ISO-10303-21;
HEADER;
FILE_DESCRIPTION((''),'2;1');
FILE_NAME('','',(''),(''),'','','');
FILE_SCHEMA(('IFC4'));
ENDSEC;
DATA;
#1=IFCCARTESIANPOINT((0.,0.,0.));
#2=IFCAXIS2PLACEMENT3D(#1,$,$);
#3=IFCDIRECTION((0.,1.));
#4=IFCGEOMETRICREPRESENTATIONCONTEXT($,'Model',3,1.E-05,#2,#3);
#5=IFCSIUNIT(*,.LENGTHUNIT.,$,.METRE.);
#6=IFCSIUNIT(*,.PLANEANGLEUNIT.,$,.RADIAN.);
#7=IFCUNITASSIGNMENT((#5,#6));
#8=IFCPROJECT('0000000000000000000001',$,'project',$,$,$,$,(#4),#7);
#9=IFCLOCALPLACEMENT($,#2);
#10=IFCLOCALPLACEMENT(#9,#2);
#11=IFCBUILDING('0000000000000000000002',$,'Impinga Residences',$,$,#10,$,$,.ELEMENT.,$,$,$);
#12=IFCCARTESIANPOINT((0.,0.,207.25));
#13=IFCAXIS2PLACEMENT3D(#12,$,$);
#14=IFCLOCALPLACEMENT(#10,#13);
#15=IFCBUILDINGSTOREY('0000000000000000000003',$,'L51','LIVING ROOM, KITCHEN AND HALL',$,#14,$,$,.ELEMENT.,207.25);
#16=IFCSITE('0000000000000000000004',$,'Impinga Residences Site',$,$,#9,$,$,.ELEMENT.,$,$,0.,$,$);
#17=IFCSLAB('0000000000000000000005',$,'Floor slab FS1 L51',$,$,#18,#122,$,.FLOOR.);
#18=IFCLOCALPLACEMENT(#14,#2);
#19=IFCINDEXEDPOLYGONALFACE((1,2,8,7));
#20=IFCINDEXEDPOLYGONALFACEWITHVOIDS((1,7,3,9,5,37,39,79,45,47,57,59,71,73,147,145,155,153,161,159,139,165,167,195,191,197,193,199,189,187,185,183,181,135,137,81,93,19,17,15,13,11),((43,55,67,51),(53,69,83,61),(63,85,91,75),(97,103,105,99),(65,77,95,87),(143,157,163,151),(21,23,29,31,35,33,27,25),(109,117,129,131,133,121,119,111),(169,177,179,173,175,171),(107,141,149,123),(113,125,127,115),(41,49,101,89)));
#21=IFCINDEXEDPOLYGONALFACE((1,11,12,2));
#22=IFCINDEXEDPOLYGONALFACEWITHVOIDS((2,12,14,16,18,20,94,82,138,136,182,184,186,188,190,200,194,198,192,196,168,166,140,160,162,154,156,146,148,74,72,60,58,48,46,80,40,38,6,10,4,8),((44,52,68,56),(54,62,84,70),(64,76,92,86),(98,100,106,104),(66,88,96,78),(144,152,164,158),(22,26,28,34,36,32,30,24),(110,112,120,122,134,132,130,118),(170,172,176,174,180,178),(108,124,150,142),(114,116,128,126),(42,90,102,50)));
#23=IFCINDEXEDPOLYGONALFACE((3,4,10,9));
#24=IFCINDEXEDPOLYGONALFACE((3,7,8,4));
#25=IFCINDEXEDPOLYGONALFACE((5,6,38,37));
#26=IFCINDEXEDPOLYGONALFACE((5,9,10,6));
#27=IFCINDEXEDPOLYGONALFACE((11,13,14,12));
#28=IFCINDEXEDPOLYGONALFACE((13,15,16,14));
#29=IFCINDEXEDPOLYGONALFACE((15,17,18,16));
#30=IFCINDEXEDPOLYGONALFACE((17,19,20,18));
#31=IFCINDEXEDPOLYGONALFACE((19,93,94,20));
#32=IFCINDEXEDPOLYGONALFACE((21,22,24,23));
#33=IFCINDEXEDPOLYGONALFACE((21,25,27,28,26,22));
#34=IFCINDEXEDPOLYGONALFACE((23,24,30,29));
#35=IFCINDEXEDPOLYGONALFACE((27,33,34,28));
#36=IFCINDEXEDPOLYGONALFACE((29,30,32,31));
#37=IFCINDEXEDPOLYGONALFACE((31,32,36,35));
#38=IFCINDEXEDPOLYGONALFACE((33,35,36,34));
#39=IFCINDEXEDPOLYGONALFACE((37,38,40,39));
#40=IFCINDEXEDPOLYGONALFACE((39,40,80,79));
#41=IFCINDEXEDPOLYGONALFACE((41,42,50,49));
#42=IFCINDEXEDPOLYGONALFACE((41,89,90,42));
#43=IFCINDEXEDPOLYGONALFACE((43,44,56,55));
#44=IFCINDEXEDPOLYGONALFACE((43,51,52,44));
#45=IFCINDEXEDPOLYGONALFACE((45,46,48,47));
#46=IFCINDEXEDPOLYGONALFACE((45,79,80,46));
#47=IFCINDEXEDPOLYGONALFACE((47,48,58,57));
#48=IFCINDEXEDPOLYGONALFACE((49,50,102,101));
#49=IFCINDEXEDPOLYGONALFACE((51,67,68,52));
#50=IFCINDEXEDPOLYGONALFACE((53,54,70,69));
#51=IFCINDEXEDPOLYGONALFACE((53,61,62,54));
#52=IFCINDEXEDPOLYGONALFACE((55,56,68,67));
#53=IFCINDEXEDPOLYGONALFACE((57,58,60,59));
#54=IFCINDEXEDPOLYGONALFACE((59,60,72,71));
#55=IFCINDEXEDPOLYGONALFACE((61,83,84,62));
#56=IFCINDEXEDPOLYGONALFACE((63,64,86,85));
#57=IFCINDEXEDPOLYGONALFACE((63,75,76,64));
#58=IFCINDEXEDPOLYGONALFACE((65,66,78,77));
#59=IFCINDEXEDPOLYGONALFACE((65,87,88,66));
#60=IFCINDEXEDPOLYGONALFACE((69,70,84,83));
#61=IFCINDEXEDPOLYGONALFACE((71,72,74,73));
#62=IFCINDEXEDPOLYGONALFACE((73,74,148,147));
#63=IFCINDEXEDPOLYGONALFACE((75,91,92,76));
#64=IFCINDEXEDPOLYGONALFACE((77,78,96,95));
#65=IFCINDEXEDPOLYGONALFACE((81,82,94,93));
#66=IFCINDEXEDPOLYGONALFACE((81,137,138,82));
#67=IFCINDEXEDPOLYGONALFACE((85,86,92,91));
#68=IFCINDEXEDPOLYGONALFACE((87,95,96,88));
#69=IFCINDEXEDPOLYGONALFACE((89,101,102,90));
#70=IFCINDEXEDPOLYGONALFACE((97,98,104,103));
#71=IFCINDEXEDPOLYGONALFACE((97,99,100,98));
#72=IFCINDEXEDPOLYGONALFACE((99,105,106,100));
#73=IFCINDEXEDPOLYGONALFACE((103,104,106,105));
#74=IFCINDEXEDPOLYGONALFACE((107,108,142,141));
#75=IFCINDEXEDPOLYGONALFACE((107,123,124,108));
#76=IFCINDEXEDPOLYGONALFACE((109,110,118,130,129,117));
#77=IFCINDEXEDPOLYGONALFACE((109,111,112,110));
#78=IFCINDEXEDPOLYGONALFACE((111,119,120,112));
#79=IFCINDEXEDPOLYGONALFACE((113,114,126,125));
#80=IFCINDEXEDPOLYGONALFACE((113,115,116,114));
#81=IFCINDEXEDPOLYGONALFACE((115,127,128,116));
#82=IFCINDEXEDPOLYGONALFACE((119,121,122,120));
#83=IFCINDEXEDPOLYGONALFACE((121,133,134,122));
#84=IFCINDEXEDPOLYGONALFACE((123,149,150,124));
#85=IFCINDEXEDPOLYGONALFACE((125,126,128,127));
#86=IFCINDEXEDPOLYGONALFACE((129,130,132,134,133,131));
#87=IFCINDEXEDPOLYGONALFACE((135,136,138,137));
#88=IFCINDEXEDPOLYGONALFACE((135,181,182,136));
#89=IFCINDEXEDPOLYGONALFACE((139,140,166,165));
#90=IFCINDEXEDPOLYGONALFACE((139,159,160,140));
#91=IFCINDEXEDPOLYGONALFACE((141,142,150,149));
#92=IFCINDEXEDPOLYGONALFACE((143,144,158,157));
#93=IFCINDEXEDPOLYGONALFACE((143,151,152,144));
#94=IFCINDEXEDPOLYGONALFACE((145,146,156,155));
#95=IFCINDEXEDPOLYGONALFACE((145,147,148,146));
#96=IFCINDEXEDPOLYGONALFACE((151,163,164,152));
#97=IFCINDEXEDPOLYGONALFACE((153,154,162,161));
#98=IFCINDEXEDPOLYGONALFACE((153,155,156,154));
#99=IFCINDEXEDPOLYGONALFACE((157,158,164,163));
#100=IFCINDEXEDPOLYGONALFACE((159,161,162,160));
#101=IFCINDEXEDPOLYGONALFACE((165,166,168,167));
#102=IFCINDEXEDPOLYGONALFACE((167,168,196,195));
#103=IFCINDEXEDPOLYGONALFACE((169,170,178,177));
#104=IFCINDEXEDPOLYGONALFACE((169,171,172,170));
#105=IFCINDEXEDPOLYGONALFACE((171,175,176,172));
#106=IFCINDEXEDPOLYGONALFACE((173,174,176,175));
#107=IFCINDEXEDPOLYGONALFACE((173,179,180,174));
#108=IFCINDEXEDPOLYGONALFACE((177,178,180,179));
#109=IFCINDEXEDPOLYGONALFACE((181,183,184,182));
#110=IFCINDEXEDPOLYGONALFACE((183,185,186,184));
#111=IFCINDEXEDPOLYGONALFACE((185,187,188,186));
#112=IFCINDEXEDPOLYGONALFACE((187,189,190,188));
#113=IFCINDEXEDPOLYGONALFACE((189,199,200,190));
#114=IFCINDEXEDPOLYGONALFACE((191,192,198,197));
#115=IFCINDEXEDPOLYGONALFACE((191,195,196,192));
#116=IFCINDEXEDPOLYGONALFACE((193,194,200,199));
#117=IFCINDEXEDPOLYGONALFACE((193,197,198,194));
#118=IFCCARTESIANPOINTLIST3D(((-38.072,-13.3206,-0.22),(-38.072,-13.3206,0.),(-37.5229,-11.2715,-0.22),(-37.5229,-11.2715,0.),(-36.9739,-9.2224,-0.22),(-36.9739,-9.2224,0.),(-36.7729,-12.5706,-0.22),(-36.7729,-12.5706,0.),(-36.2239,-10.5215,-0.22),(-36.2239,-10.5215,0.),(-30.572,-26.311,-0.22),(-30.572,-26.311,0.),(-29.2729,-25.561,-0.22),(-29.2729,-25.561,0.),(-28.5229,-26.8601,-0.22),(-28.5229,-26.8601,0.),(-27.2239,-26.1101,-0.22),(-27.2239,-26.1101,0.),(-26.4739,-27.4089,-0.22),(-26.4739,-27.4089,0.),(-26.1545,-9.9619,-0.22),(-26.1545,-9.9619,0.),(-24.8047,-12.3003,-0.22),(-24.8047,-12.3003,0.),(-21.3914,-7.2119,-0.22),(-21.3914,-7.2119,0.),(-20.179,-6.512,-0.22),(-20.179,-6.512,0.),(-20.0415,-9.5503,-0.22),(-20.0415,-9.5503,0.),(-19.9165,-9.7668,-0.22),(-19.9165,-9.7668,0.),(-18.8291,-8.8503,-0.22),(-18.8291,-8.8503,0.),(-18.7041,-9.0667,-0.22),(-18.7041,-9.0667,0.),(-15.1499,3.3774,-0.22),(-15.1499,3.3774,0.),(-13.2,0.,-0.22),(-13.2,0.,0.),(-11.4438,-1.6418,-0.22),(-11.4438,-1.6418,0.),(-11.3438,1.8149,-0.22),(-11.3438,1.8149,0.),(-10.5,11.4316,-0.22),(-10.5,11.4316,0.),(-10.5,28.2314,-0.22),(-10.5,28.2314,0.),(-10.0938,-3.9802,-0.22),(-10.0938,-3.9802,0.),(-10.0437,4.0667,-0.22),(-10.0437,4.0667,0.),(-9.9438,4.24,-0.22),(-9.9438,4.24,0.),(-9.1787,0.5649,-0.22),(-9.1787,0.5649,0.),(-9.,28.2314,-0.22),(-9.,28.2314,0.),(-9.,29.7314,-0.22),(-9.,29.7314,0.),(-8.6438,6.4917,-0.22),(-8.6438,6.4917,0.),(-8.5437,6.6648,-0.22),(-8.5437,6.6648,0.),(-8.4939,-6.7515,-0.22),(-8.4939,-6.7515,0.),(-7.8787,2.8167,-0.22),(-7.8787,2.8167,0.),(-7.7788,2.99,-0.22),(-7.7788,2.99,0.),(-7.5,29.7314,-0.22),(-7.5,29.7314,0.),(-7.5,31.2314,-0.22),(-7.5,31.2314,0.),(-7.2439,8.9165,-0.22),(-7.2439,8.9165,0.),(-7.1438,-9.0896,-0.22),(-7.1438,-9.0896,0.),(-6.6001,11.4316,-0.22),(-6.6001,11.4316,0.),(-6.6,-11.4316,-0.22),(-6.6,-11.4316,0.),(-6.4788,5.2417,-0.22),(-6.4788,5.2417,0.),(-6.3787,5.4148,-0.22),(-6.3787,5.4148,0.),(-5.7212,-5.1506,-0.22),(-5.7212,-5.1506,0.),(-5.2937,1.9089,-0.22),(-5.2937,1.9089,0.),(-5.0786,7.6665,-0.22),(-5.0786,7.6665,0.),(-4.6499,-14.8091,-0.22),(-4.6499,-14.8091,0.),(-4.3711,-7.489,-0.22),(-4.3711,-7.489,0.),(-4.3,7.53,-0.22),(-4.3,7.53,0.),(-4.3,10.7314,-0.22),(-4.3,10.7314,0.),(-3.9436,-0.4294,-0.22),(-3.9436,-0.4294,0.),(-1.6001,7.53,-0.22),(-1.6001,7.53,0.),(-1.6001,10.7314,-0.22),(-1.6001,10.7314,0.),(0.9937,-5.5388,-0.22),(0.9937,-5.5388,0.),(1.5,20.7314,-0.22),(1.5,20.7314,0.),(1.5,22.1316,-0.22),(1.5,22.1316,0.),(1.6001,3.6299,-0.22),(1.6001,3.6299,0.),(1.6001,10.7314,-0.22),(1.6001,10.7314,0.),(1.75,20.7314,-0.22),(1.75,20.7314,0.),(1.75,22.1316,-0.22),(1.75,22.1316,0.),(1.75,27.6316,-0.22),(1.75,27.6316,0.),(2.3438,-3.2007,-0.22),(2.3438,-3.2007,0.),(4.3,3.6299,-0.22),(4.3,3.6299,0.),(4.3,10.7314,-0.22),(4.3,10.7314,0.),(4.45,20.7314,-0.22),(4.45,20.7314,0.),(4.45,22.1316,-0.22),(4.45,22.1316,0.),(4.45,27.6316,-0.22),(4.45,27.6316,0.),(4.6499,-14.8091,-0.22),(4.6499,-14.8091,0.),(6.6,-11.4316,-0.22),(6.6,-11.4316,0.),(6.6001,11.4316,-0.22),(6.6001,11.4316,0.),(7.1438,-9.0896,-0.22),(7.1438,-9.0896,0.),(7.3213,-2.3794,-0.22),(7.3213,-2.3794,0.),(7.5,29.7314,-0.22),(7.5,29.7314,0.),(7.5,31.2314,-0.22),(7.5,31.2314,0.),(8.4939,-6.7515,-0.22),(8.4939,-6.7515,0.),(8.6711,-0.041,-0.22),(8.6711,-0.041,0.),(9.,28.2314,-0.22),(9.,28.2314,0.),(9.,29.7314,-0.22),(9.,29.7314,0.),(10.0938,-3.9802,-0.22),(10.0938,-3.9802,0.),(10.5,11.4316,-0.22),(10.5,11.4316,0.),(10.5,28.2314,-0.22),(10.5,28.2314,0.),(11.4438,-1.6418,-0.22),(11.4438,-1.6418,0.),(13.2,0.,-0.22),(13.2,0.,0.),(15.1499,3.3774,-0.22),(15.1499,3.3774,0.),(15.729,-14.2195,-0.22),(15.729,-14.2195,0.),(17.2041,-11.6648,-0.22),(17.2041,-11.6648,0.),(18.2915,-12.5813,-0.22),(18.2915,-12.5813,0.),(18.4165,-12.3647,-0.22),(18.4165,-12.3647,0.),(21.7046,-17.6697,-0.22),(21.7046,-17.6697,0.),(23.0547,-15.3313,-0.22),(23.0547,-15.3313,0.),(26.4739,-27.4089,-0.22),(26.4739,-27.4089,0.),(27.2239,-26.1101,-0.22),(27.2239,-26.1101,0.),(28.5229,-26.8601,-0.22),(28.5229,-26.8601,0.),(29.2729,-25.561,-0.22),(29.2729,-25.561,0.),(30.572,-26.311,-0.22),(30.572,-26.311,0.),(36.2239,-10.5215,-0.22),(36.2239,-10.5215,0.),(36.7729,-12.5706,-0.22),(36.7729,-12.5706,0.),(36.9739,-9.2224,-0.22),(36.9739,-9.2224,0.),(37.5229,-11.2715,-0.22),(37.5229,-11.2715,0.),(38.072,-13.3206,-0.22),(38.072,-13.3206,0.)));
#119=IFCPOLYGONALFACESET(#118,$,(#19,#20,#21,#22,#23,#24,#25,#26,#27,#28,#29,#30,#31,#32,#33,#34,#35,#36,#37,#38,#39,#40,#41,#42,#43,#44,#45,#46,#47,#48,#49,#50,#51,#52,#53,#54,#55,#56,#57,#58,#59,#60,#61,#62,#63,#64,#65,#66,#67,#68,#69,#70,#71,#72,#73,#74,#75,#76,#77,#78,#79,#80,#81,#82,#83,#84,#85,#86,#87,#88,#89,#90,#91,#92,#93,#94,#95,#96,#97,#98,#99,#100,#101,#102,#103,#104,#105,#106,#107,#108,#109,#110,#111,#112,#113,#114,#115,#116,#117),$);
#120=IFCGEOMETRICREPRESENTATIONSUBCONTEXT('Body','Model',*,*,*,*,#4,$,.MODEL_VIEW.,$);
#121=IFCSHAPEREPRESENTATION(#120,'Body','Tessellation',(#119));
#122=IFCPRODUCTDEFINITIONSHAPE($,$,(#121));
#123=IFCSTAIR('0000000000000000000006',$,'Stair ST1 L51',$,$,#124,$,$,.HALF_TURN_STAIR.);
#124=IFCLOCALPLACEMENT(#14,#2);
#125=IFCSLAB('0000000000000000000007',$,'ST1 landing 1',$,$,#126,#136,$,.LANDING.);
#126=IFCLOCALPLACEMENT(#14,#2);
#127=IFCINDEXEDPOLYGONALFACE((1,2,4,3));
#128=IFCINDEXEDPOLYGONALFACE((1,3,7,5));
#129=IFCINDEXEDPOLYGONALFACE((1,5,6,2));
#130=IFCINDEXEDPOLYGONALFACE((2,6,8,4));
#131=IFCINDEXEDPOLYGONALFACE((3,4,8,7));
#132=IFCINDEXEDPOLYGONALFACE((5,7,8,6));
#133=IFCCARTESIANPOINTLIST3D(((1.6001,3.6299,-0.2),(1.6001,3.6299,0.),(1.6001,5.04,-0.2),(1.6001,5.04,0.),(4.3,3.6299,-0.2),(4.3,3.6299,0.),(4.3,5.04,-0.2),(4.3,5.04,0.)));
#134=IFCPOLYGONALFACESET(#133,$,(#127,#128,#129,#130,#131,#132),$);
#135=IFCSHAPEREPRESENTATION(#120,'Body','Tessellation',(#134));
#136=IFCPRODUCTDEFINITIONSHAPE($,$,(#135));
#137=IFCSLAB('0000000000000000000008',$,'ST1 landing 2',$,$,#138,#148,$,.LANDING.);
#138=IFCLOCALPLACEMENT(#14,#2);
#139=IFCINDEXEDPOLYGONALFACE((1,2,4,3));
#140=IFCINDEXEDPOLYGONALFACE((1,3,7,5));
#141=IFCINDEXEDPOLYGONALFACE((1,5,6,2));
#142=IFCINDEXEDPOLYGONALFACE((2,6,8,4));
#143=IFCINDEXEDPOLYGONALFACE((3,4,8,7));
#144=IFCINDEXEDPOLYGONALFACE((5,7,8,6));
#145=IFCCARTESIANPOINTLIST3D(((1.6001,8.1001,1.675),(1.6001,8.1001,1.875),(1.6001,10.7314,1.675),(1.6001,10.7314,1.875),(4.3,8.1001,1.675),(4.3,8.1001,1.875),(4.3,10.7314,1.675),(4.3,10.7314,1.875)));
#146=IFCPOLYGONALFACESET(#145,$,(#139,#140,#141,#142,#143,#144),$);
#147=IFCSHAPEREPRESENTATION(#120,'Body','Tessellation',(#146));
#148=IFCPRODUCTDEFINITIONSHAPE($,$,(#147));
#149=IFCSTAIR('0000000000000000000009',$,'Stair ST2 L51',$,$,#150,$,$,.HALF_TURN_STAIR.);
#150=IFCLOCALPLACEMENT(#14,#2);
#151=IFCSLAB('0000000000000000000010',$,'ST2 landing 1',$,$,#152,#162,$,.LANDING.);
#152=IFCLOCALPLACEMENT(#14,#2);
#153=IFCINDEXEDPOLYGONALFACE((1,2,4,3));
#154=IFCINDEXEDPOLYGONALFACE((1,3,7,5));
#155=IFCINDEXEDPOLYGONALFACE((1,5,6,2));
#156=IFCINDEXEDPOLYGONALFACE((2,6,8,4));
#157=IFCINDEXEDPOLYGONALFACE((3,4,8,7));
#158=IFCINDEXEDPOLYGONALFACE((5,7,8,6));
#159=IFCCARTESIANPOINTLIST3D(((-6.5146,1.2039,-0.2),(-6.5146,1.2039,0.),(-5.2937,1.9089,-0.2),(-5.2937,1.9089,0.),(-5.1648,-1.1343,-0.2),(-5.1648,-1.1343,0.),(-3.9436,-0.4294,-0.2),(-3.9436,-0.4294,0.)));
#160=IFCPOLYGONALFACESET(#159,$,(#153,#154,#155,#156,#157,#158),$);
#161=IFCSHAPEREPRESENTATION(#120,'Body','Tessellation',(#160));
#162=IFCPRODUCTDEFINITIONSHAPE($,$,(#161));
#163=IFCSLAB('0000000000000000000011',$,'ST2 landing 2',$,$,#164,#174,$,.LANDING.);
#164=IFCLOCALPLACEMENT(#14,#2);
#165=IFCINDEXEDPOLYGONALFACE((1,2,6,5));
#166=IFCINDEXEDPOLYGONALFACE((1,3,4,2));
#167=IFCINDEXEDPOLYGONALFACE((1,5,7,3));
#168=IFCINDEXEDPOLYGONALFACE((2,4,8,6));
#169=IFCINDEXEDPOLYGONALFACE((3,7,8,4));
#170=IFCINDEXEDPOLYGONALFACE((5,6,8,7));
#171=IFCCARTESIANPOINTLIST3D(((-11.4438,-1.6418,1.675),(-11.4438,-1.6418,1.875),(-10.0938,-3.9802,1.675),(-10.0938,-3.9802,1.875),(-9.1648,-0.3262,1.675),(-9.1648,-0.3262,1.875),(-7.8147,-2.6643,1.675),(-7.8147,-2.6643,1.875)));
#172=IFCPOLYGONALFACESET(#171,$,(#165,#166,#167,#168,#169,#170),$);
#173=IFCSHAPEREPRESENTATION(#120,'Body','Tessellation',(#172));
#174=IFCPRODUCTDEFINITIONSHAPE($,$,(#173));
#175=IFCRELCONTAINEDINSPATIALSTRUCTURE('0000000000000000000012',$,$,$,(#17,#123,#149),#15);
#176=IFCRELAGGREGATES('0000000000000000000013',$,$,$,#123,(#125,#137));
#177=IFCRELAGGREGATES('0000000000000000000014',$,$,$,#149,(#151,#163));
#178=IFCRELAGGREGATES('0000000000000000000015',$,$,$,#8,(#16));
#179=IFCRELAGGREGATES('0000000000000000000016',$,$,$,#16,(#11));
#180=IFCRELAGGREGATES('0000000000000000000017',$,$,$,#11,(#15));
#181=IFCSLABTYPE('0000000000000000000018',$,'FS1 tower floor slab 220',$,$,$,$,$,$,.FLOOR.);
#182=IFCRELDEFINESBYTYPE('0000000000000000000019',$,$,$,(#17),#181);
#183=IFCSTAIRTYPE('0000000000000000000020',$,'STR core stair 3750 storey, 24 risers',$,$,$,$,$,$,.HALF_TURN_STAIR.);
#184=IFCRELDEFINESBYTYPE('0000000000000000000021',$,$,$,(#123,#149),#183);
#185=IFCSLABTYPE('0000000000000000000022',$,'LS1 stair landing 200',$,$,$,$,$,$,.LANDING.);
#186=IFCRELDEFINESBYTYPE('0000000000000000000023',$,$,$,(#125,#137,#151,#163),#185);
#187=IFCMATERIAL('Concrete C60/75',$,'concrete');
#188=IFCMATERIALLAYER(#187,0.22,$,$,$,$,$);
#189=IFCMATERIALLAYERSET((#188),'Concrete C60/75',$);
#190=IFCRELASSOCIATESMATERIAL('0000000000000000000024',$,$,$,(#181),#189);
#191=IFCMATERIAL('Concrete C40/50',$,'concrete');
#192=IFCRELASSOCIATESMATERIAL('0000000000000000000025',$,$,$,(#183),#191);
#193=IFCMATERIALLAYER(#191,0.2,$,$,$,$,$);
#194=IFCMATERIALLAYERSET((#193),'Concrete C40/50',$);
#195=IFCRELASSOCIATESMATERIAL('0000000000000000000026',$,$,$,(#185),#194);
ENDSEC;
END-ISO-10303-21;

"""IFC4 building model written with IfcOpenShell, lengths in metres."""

from ifc_helpers import new_model, si_unit, direction, frame, origin, place, context, subcontext, project, spatial, polyline, outline, extrude, material, layer, layer_set, type_object, element, aggregate, save


model = new_model("IFC4")

# Units and contexts
model_context = context("Model", 3, precision=1e-05, world=origin(), true_north=direction((0.0, 1.0)))
body_context = subcontext(model_context, "Body", "Model", "MODEL_VIEW")
ifc_project = project(units=[si_unit("LENGTHUNIT", "METRE"), si_unit("PLANEANGLEUNIT", "RADIAN")], contexts=[model_context])

# Site, building, storey
site_placement = place(None, origin())
site = spatial("IfcSite", under=ifc_project, at=site_placement, Name="Impinga Residences Site", CompositionType="ELEMENT", RefElevation=0.0)
building_placement = place(site_placement, origin())
building = spatial("IfcBuilding", under=site, at=building_placement, Name="Impinga Residences", CompositionType="ELEMENT")
storey_placement = place(building_placement, frame((0.0, 0.0, 207.25)))
storey = spatial("IfcBuildingStorey", under=building, at=storey_placement, Name="L51", Description="LIVING ROOM, KITCHEN AND HALL", CompositionType="ELEMENT", Elevation=207.25)

# Slab
ifc_material_1 = material(Name="Concrete C60/75", Category="concrete")
ifc_layer_1 = layer(ifc_material_1, 0.22)
ifc_layer_set_1 = layer_set([ifc_layer_1], Name="Concrete C60/75")
slab_type_1 = type_object("IfcSlabType", Name="FS1 tower floor slab 220", PredefinedType="FLOOR", material=ifc_layer_set_1)
slab_1_placement = place(storey_placement, frame((0.0, 0.0, -0.22)))
element("IfcSlab", 1, at=slab_1_placement, inside=storey, type_object=slab_type_1, Name="Floor slab FS1 L51", PredefinedType="FLOOR", context=body_context, shape_type="SweptSolid", body=[
    extrude(outline(polyline([(-27.2239, -26.1101), (-28.5229, -26.8601), (-29.2729, -25.561), (-30.572, -26.311), (-38.072, -13.3206), (-36.7729, -12.5706), (-37.5229, -11.2715), (-36.2239, -10.5215), (-36.9739, -9.2224), (-15.1499, 3.3774), (-13.2, 0.0), (-6.6001, 11.4316), (-10.5, 11.4316), (-10.5, 28.2314), (-9.0, 28.2314), (-9.0, 29.7314), (-7.5, 29.7314), (-7.5, 31.2314), (7.5, 31.2314), (7.5, 29.7314), (9.0, 29.7314), (9.0, 28.2314), (10.5, 28.2314), (10.5, 11.4316), (6.6001, 11.4316), (13.2, 0.0), (15.1499, 3.3774), (36.9739, -9.2224), (36.2239, -10.5215), (37.5229, -11.2715), (36.7729, -12.5706), (38.072, -13.3206), (30.572, -26.311), (29.2729, -25.561), (28.5229, -26.8601), (27.2239, -26.1101), (26.4739, -27.4089), (4.6499, -14.8091), (9.9001, -5.7158), (6.6001, -11.4316), (-6.6001, -11.4316), (-9.9001, -5.7158), (-4.6499, -14.8091), (-26.4739, -27.4089), (-27.2239, -26.1101)]), holes=[polyline([(-18.7041, -9.0667), (-18.8291, -8.8503), (-18.8291, -8.8503), (-20.179, -6.512), (-21.3914, -7.2119), (-21.3914, -7.2119), (-26.1545, -9.9619), (-24.8047, -12.3003), (-20.0415, -9.5503), (-19.9165, -9.7668), (-18.7041, -9.0667)]), polyline([(-5.7212, -5.1506), (-8.4939, -6.7515), (-7.1438, -9.0896), (-4.3711, -7.489), (-5.7212, -5.1506)]), polyline([(-5.2937, 1.9089), (-11.4438, -1.6418), (-10.0938, -3.9802), (-3.9436, -0.4294), (-5.2937, 1.9089)]), polyline([(-7.8787, 2.8167), (-10.0437, 4.0667), (-11.3438, 1.8149), (-9.1787, 0.5649), (-7.8787, 2.8167)]), polyline([(-6.4788, 5.2417), (-8.6438, 6.4917), (-9.9438, 4.24), (-7.7788, 2.99), (-6.4788, 5.2417)]), polyline([(-6.3787, 5.4148), (-5.0786, 7.6665), (-7.2439, 8.9165), (-8.5437, 6.6648), (-6.3787, 5.4148)]), polyline([(-4.3, 7.53), (-1.6001, 7.53), (-1.6001, 10.7314), (-4.3, 10.7314), (-4.3, 7.53)]), polyline([(15.729, -14.2195), (21.7046, -17.6697), (23.0547, -15.3313), (18.2915, -12.5813), (18.4165, -12.3647), (17.2041, -11.6648), (15.729, -14.2195)]), polyline([(0.9937, -5.5388), (7.1438, -9.0896), (8.4939, -6.7515), (2.3438, -3.2007), (0.9937, -5.5388)]), polyline([(7.3213, -2.3794), (10.0938, -3.9802), (11.4438, -1.6418), (8.6711, -0.041), (7.3213, -2.3794)]), polyline([(4.3, 3.6299), (4.3, 10.7314), (1.6001, 10.7314), (1.6001, 3.6299), (4.3, 3.6299)]), polyline([(1.75, 22.1316), (1.5, 22.1316), (1.5, 20.7314), (1.75, 20.7314), (4.45, 20.7314), (4.45, 22.1316), (4.45, 27.6316), (1.75, 27.6316), (1.75, 22.1316)])]), origin(), (0.0, 0.0, 1.0), 0.22),
])

# Stairs, slabs
ifc_material_2 = material(Name="Concrete C40/50", Category="concrete")
stair_type_1 = type_object("IfcStairType", Name="STR core stair 3750 storey, 24 risers", PredefinedType="HALF_TURN_STAIR", material=ifc_material_2)
stair_1_placement = place(storey_placement, origin())
stair_1 = element("IfcStair", 2, at=stair_1_placement, inside=storey, type_object=stair_type_1, Name="Stair ST1 L51", PredefinedType="HALF_TURN_STAIR")
ifc_layer_2 = layer(ifc_material_2, 0.2)
ifc_layer_set_2 = layer_set([ifc_layer_2], Name="Concrete C40/50")
slab_type_2 = type_object("IfcSlabType", Name="LS1 stair landing 200", PredefinedType="LANDING", material=ifc_layer_set_2)
slab_2_placement = place(storey_placement, frame((0.0, 0.0, -0.2)))
slab_2 = element("IfcSlab", 3, at=slab_2_placement, type_object=slab_type_2, Name="ST1 landing 1", PredefinedType="LANDING", context=body_context, shape_type="SweptSolid", body=[
    extrude(outline(polyline([(1.6001, 3.6299), (4.3, 3.6299), (4.3, 5.04), (1.6001, 5.04), (1.6001, 3.6299)])), origin(), (0.0, 0.0, 1.0), 0.2),
])
slab_3_placement = place(storey_placement, frame((0.0, 0.0, 1.675)))
slab_3 = element("IfcSlab", 4, at=slab_3_placement, type_object=slab_type_2, Name="ST1 landing 2", PredefinedType="LANDING", context=body_context, shape_type="SweptSolid", body=[
    extrude(outline(polyline([(1.6001, 8.1001), (4.3, 8.1001), (4.3, 10.7314), (1.6001, 10.7314), (1.6001, 8.1001)])), origin(), (0.0, 0.0, 1.0), 0.2),
])
aggregate(stair_1, [slab_2, slab_3])
stair_2_placement = place(storey_placement, origin())
stair_2 = element("IfcStair", 5, at=stair_2_placement, inside=storey, type_object=stair_type_1, Name="Stair ST2 L51", PredefinedType="HALF_TURN_STAIR")
slab_4_placement = place(storey_placement, frame((0.0, 0.0, -0.2)))
slab_4 = element("IfcSlab", 6, at=slab_4_placement, type_object=slab_type_2, Name="ST2 landing 1", PredefinedType="LANDING", context=body_context, shape_type="SweptSolid", body=[
    extrude(outline(polyline([(-3.9436, -0.4294), (-5.2937, 1.9089), (-6.5146, 1.2039), (-5.1648, -1.1343), (-3.9436, -0.4294)])), origin(), (0.0, 0.0, 1.0), 0.2),
])
slab_5_placement = place(storey_placement, frame((0.0, 0.0, 1.675)))
slab_5 = element("IfcSlab", 7, at=slab_5_placement, type_object=slab_type_2, Name="ST2 landing 2", PredefinedType="LANDING", context=body_context, shape_type="SweptSolid", body=[
    extrude(outline(polyline([(-7.8147, -2.6643), (-9.1648, -0.3262), (-11.4438, -1.6418), (-10.0938, -3.9802), (-7.8147, -2.6643)])), origin(), (0.0, 0.0, 1.0), 0.2),
])

aggregate(stair_2, [slab_4, slab_5])

save(model, "model.ifc")
